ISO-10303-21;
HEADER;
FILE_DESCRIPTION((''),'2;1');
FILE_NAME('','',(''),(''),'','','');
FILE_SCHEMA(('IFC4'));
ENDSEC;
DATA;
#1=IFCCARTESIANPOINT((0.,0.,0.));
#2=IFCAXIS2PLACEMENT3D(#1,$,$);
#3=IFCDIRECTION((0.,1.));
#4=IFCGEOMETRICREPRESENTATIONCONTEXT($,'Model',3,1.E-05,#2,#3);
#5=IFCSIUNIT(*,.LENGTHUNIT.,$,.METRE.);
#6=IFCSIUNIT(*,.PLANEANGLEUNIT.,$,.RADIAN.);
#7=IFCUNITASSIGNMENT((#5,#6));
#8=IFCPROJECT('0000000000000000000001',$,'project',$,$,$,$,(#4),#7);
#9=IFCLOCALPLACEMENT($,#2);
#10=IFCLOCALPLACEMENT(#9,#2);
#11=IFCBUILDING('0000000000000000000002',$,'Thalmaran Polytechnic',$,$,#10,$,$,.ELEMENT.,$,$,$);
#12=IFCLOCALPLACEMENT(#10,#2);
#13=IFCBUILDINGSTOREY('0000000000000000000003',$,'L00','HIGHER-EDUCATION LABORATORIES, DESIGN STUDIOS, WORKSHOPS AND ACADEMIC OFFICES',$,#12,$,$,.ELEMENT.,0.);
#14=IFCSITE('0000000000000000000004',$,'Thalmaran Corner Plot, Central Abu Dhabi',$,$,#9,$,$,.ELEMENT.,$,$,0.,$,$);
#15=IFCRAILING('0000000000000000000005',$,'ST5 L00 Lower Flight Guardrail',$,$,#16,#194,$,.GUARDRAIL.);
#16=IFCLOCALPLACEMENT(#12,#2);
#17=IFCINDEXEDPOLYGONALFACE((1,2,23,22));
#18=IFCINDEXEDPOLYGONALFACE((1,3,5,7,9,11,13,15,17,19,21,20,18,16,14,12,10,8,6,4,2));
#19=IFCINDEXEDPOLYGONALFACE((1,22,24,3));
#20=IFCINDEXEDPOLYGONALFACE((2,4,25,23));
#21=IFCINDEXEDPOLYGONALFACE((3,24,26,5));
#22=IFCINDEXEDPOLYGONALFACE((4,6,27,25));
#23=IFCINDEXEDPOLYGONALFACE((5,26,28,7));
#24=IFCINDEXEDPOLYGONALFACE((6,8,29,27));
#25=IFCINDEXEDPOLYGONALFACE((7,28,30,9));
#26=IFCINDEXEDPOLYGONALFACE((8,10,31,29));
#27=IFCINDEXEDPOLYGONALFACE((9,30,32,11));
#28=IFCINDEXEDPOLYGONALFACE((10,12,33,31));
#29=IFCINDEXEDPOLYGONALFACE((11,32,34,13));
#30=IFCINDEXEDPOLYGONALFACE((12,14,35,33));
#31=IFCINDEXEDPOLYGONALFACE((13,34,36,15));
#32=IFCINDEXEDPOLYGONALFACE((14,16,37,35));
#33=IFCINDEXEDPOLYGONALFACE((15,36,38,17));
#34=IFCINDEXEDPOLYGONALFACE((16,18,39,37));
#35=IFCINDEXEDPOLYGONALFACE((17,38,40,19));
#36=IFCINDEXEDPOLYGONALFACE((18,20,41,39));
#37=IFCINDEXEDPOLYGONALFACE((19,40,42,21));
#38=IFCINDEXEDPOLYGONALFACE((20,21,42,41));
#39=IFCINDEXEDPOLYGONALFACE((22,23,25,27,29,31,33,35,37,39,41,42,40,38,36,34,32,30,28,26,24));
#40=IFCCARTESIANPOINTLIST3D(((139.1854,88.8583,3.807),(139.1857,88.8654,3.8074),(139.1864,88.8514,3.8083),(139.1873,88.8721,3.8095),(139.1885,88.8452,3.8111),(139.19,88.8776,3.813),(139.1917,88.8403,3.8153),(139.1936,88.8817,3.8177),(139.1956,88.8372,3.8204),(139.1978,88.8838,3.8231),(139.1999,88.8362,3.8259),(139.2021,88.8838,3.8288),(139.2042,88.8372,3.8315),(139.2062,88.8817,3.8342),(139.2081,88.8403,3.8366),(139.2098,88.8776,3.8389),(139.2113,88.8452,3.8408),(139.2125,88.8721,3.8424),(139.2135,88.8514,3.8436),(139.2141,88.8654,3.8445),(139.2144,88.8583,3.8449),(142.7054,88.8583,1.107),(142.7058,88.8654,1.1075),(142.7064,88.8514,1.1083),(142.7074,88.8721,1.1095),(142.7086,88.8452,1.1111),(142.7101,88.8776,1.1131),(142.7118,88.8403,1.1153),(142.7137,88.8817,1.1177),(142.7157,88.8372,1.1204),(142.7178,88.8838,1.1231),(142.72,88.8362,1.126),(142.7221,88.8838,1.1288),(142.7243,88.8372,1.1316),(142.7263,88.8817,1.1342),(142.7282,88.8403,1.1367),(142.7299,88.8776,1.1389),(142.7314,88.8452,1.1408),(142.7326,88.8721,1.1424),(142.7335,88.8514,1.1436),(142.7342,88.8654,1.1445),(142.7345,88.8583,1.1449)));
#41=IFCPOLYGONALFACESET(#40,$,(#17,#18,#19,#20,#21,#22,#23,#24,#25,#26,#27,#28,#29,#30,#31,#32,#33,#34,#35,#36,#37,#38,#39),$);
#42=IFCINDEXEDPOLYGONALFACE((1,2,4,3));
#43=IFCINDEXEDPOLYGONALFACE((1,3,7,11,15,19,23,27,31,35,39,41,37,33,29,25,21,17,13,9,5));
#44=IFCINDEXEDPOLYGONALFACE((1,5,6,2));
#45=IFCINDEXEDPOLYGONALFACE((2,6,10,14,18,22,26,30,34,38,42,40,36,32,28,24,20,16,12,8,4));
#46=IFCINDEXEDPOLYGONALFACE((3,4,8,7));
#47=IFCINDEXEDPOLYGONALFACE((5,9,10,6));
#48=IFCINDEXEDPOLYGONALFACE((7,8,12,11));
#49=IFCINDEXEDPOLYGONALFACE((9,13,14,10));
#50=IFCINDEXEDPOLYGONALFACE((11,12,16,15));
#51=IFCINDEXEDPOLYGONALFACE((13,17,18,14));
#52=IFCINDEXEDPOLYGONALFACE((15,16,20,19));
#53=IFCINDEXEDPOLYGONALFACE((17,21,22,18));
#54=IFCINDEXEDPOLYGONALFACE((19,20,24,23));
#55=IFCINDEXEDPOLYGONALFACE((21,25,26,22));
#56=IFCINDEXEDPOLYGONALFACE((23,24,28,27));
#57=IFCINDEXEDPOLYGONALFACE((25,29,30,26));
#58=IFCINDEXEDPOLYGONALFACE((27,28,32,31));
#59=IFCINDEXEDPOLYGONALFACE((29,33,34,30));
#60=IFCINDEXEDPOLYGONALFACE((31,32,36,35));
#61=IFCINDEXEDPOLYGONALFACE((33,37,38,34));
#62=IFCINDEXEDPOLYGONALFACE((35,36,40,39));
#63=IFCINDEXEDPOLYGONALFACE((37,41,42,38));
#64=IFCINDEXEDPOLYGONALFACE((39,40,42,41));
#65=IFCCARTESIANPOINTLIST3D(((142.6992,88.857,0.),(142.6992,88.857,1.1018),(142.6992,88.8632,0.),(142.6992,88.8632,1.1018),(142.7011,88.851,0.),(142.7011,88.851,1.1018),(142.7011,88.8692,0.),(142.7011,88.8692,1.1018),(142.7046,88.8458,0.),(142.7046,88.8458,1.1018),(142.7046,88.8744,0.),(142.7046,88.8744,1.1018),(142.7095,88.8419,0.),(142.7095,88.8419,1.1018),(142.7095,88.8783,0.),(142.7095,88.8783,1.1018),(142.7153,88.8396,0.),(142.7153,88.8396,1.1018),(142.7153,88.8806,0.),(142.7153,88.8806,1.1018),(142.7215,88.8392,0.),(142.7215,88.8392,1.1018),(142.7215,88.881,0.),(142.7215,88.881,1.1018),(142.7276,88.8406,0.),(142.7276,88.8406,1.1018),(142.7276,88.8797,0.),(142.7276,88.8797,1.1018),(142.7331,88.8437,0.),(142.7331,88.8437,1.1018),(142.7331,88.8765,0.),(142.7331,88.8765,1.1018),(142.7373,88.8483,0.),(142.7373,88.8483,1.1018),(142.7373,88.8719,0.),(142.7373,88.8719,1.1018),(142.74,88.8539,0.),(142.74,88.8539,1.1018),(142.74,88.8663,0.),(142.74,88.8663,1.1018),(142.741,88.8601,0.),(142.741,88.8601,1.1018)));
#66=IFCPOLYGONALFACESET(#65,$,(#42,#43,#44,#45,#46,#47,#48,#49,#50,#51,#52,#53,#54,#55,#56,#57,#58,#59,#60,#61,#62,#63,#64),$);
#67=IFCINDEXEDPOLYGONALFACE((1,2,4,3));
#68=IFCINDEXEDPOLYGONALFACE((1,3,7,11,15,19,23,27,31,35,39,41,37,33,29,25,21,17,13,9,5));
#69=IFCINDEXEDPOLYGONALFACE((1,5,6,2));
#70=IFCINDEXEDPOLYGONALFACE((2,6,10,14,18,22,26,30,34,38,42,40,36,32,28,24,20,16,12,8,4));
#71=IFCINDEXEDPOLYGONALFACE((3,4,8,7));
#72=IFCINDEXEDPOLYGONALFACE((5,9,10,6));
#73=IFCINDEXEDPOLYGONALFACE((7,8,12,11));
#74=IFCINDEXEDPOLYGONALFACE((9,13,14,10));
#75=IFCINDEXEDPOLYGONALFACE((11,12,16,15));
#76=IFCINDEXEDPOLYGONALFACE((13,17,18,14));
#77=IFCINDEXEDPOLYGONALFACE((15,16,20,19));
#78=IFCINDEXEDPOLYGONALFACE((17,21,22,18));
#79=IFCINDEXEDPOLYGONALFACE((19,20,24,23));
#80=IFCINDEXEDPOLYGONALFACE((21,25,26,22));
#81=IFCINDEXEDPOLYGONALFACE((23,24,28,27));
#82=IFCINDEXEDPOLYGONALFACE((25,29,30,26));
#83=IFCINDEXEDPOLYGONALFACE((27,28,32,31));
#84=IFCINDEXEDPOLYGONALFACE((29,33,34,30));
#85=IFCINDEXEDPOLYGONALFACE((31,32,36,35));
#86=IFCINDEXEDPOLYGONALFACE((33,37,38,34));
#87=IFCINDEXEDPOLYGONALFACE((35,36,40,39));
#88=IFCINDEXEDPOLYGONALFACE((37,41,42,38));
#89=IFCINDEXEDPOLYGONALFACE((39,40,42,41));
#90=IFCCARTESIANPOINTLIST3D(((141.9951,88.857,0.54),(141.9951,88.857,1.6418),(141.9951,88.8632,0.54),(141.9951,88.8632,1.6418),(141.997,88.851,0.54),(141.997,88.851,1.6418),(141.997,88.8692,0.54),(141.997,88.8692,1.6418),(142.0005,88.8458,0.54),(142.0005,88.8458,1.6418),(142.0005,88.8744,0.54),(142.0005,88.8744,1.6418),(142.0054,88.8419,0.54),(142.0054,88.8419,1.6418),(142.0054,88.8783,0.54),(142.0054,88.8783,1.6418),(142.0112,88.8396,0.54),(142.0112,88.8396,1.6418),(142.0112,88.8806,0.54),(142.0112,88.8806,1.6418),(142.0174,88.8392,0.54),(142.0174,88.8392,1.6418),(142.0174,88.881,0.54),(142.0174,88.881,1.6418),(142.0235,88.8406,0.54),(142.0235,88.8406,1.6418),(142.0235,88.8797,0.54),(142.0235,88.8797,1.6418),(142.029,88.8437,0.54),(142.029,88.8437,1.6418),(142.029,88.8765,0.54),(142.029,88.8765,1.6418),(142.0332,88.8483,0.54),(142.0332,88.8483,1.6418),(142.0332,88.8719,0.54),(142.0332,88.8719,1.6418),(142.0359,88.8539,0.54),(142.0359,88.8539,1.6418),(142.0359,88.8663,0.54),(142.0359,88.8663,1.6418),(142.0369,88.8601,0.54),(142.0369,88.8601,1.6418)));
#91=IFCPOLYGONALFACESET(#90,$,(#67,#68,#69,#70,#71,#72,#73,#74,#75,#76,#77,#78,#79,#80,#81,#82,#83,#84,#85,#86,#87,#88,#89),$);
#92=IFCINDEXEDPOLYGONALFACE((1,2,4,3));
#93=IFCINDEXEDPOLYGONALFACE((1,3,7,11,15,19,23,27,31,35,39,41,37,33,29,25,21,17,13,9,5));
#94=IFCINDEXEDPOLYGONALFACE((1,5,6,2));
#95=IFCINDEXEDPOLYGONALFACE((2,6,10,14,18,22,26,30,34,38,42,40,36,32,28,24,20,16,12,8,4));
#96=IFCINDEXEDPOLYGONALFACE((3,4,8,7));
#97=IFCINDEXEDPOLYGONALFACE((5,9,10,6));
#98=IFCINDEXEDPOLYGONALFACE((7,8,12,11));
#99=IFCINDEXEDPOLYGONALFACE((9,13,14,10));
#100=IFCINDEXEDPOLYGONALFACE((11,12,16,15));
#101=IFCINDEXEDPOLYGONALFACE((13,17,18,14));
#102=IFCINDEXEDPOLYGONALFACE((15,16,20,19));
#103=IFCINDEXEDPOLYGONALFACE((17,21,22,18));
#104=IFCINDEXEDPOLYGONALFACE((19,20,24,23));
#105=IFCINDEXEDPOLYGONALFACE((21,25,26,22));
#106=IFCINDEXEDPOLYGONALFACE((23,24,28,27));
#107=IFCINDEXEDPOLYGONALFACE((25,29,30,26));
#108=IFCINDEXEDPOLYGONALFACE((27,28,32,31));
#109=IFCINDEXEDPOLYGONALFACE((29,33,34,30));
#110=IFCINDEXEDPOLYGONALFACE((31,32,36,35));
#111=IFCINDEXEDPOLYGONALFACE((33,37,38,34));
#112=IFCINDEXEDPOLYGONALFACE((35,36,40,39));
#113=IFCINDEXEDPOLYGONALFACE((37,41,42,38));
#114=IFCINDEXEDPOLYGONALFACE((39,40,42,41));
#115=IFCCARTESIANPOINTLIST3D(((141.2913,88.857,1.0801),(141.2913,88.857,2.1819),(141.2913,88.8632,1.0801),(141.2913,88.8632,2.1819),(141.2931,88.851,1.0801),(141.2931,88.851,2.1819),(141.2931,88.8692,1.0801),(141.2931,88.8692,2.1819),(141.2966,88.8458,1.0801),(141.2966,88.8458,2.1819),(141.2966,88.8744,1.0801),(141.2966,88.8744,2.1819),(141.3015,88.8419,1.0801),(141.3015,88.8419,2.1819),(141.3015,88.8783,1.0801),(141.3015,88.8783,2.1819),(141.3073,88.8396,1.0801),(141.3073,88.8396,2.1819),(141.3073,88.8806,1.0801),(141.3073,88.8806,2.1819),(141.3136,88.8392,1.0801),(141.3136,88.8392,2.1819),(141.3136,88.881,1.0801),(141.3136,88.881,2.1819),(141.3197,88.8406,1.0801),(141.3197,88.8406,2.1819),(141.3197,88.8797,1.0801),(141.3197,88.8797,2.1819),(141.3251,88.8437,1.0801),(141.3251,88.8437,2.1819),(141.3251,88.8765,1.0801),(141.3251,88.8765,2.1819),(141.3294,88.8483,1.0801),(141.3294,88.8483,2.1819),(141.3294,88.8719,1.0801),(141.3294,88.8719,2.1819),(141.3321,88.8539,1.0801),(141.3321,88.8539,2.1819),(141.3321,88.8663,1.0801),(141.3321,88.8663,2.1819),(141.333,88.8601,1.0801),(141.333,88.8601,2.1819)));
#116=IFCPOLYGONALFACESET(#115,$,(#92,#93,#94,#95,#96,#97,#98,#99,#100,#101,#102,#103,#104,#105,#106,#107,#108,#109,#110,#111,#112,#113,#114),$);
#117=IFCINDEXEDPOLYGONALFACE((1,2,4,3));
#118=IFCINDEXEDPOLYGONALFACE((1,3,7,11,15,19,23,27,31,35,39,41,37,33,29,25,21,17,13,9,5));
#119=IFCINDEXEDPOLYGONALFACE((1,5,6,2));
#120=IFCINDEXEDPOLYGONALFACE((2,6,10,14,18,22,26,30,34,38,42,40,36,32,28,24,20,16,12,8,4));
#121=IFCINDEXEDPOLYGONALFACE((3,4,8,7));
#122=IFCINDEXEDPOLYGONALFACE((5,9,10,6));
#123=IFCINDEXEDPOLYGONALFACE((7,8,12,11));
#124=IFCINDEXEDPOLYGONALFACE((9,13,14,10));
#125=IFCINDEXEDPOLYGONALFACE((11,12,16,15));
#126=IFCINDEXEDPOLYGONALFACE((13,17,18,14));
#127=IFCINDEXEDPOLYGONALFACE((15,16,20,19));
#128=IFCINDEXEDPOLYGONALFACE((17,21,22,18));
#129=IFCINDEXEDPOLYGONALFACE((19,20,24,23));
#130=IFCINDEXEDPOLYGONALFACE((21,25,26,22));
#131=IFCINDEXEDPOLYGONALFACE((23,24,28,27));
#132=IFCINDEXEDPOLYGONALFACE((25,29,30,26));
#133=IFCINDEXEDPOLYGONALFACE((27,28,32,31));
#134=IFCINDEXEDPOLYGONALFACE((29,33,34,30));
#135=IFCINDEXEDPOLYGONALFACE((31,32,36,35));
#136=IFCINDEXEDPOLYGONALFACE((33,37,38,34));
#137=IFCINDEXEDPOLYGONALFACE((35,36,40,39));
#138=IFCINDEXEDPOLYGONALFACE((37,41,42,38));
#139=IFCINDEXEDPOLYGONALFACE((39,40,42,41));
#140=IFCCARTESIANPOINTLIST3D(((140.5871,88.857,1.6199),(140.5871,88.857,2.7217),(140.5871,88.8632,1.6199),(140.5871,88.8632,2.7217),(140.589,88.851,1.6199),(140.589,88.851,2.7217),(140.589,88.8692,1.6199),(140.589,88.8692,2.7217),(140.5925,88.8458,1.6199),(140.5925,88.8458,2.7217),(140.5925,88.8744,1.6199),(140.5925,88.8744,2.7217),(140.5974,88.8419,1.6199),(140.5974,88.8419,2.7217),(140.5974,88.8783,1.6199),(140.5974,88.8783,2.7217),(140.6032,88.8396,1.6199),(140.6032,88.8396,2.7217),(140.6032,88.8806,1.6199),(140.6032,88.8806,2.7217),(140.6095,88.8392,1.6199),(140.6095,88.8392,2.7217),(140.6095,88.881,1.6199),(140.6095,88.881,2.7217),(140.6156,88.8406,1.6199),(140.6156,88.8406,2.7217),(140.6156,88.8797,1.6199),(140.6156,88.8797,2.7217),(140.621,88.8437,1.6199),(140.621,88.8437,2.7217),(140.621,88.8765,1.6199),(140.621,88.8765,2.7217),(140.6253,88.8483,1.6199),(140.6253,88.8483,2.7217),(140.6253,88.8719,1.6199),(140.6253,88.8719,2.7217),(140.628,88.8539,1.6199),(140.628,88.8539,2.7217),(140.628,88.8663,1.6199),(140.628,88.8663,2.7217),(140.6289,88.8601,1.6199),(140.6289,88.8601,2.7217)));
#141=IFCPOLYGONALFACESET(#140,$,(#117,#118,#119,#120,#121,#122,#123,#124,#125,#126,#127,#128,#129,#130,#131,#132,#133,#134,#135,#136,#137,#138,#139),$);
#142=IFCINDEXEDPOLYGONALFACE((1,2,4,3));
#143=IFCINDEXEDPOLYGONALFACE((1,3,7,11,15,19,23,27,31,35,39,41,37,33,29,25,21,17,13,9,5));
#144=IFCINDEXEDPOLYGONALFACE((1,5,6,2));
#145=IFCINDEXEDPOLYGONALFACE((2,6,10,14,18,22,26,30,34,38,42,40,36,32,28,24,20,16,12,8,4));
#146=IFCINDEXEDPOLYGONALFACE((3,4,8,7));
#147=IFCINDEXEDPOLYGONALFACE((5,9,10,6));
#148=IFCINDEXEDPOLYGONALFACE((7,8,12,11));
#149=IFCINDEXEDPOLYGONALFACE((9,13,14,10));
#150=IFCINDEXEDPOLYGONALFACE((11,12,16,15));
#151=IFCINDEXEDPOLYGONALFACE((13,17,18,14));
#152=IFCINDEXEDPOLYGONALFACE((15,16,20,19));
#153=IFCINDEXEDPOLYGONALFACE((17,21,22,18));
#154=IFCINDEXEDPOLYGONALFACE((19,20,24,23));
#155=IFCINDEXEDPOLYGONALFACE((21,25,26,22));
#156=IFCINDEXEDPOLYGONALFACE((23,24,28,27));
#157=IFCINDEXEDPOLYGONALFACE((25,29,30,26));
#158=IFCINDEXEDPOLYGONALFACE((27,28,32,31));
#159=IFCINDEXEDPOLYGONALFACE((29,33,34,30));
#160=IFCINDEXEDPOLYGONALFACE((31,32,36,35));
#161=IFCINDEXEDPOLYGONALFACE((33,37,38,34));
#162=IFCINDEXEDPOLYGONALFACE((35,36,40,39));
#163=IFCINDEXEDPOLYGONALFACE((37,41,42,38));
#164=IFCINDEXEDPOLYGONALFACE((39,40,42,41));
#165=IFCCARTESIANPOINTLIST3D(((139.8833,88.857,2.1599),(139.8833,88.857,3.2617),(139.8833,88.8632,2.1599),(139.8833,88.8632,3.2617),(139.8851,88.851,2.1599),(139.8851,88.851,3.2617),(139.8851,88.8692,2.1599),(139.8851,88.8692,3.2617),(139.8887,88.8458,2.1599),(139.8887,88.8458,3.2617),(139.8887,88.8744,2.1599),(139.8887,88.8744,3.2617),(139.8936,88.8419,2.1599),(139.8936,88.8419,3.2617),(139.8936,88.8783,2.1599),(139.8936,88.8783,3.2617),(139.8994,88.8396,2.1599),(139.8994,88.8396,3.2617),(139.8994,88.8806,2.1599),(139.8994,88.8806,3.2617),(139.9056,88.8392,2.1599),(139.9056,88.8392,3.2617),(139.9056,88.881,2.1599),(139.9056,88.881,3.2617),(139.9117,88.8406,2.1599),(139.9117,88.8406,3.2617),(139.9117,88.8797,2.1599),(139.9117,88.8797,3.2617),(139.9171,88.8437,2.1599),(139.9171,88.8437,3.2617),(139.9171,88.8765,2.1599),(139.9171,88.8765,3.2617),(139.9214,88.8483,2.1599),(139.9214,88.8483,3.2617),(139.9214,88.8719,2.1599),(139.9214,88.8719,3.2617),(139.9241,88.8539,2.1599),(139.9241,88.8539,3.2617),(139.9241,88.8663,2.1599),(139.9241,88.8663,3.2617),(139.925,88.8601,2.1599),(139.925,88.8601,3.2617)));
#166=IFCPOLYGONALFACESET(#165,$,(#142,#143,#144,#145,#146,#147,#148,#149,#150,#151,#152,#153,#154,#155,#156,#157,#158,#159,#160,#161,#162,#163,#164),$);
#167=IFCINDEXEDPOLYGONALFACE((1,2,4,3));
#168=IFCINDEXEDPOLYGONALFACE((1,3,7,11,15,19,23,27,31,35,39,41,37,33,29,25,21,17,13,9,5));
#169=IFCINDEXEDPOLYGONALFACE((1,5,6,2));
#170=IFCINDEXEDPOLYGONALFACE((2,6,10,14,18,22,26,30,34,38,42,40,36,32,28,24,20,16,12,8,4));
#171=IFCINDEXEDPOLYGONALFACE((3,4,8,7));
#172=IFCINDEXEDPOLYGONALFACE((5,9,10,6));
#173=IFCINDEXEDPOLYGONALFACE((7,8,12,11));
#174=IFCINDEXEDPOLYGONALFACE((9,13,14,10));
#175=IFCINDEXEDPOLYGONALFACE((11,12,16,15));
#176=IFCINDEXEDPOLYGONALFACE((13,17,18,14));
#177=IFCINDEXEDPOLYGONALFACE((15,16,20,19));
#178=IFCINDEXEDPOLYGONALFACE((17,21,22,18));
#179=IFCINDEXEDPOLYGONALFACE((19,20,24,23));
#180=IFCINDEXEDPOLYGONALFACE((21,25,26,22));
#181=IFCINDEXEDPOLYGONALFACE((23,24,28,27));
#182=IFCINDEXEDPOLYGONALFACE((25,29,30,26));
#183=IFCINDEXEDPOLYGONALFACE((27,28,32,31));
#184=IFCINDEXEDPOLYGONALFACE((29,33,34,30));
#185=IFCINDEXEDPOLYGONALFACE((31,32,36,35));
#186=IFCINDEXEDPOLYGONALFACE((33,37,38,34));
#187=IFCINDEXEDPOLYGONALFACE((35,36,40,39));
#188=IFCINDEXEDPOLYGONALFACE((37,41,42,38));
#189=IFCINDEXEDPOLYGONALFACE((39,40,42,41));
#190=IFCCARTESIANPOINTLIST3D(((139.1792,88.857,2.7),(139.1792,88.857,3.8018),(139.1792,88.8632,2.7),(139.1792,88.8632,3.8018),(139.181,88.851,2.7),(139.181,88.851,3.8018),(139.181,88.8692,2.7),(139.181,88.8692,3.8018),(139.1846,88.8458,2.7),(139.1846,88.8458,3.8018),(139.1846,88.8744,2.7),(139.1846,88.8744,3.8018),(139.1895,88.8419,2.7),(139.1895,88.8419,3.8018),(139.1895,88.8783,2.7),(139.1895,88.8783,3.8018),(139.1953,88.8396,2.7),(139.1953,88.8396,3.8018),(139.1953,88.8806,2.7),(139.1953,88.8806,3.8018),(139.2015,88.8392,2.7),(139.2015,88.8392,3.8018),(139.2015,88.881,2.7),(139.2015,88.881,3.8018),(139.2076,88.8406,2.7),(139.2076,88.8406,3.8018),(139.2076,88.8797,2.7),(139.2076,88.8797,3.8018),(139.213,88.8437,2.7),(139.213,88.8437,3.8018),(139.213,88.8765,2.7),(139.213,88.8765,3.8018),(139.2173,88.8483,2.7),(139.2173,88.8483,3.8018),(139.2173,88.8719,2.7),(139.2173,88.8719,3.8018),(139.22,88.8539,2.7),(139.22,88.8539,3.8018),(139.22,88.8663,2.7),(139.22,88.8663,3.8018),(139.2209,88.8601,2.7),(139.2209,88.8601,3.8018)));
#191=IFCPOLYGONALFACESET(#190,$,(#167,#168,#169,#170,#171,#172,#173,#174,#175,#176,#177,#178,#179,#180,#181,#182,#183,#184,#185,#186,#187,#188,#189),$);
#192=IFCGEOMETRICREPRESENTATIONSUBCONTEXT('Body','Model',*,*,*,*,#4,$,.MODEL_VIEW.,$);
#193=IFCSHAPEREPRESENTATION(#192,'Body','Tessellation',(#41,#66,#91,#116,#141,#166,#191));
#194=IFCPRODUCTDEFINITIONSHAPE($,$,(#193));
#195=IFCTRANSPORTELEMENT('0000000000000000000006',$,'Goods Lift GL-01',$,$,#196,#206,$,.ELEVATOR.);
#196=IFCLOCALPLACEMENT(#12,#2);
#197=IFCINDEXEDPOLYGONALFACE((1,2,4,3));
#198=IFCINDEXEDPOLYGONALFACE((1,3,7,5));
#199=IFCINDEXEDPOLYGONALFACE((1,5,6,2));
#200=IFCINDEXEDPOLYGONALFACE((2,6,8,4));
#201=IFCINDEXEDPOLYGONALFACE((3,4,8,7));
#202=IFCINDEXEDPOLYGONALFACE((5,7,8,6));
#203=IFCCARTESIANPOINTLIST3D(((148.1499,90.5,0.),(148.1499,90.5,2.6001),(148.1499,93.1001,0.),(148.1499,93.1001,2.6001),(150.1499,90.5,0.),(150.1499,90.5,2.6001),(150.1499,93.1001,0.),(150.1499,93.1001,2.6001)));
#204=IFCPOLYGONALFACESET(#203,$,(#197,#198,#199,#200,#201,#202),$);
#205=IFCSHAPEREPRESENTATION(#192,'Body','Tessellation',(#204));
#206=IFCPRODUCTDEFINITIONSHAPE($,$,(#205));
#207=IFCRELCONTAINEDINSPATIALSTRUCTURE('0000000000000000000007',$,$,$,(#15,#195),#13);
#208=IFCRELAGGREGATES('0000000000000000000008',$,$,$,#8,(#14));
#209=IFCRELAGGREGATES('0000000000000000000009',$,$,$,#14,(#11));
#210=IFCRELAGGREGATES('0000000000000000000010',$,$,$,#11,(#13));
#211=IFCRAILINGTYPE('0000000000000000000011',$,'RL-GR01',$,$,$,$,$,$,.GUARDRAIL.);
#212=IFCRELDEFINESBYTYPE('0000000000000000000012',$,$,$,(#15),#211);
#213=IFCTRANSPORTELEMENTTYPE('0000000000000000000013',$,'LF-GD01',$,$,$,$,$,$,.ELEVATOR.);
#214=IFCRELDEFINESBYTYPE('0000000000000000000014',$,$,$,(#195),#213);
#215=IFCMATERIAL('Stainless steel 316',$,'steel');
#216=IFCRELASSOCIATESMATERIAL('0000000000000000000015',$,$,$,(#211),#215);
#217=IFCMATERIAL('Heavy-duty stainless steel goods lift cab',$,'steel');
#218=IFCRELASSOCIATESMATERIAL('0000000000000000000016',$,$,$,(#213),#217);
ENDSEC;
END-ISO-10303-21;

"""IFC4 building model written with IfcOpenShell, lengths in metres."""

from ifc_helpers import new_model, si_unit, direction, frame, origin, origin_2d, place, context, subcontext, project, spatial, rectangle, circle, extrude, material, type_object, element, save


model = new_model("IFC4")

# Units and contexts
model_context = context("Model", 3, precision=1e-05, world=origin(), true_north=direction((0.0, 1.0)))
body_context = subcontext(model_context, "Body", "Model", "MODEL_VIEW")
ifc_project = project(units=[si_unit("LENGTHUNIT", "METRE"), si_unit("PLANEANGLEUNIT", "RADIAN")], contexts=[model_context])

# Site, building, storey
site_placement = place(None, origin())
site = spatial("IfcSite", under=ifc_project, at=site_placement, Name="Thalmaran Corner Plot, Central Abu Dhabi", CompositionType="ELEMENT", RefElevation=0.0)
building_placement = place(site_placement, origin())
building = spatial("IfcBuilding", under=site, at=building_placement, Name="Thalmaran Polytechnic", CompositionType="ELEMENT")
storey_placement = place(building_placement, origin())
storey = spatial("IfcBuildingStorey", under=building, at=storey_placement, Name="L00", Description="HIGHER-EDUCATION LABORATORIES, DESIGN STUDIOS, WORKSHOPS AND ACADEMIC OFFICES", CompositionType="ELEMENT", Elevation=0.0)

# Railing
ifc_material_1 = material(Name="Stainless steel 316", Category="steel")
railing_type = type_object("IfcRailingType", Name="RL-GR01", PredefinedType="GUARDRAIL", material=ifc_material_1)
railing_1_placement = place(storey_placement, frame((142.72, 88.8601, 0.0)))
element("IfcRailing", 1, at=railing_1_placement, inside=storey, type_object=railing_type, Name="ST5 L00 Lower Flight Guardrail", PredefinedType="GUARDRAIL", context=body_context, shape_type="SweptSolid", body=[
    extrude(circle(Radius=0.0239, at=origin_2d()), frame((0.0, 0.0, 1.126), z_axis=(-0.793468, 0.0, 0.608612), x_axis=(0.0, -1.0, 0.0)), (0.0, 0.0, 1.0), 4.4363),
    extrude(circle(Radius=0.021, at=origin_2d()), origin(), (0.0, 0.0, 1.0), 1.1018),
    extrude(circle(Radius=0.021, at=origin_2d()), frame((-0.7041, 0.0, 0.54)), (0.0, 0.0, 1.0), 1.1018),
    extrude(circle(Radius=0.021, at=origin_2d()), frame((-1.408, 0.0, 1.0801)), (0.0, 0.0, 1.0), 1.1018),
    extrude(circle(Radius=0.021, at=origin_2d()), frame((-2.1121, 0.0, 1.6199)), (0.0, 0.0, 1.0), 1.1018),
    extrude(circle(Radius=0.021, at=origin_2d()), frame((-2.8159, 0.0, 2.1599)), (0.0, 0.0, 1.0), 1.1018),
    extrude(circle(Radius=0.021, at=origin_2d()), frame((-3.52, 0.0, 2.7)), (0.0, 0.0, 1.0), 1.1018),
])

# Transport element
ifc_material_2 = material(Name="Heavy-duty stainless steel goods lift cab", Category="steel")
transport_element_type = type_object("IfcTransportElementType", Name="LF-GD01", PredefinedType="ELEVATOR", material=ifc_material_2)
transport_element_placement = place(storey_placement, frame((149.1499, 91.8, 0.0), z_axis=(0.0, 0.0, 1.0), x_axis=(1.0, 0.0, 0.0)))
element("IfcTransportElement", 2, at=transport_element_placement, inside=storey, type_object=transport_element_type, Name="Goods Lift GL-01", PredefinedType="ELEVATOR", context=body_context, shape_type="SweptSolid", body=[
    extrude(rectangle(XDim=2.0, YDim=2.6001, at=origin_2d()), origin(), (0.0, 0.0, 1.0), 2.6001),
])

save(model, "model.ifc")
